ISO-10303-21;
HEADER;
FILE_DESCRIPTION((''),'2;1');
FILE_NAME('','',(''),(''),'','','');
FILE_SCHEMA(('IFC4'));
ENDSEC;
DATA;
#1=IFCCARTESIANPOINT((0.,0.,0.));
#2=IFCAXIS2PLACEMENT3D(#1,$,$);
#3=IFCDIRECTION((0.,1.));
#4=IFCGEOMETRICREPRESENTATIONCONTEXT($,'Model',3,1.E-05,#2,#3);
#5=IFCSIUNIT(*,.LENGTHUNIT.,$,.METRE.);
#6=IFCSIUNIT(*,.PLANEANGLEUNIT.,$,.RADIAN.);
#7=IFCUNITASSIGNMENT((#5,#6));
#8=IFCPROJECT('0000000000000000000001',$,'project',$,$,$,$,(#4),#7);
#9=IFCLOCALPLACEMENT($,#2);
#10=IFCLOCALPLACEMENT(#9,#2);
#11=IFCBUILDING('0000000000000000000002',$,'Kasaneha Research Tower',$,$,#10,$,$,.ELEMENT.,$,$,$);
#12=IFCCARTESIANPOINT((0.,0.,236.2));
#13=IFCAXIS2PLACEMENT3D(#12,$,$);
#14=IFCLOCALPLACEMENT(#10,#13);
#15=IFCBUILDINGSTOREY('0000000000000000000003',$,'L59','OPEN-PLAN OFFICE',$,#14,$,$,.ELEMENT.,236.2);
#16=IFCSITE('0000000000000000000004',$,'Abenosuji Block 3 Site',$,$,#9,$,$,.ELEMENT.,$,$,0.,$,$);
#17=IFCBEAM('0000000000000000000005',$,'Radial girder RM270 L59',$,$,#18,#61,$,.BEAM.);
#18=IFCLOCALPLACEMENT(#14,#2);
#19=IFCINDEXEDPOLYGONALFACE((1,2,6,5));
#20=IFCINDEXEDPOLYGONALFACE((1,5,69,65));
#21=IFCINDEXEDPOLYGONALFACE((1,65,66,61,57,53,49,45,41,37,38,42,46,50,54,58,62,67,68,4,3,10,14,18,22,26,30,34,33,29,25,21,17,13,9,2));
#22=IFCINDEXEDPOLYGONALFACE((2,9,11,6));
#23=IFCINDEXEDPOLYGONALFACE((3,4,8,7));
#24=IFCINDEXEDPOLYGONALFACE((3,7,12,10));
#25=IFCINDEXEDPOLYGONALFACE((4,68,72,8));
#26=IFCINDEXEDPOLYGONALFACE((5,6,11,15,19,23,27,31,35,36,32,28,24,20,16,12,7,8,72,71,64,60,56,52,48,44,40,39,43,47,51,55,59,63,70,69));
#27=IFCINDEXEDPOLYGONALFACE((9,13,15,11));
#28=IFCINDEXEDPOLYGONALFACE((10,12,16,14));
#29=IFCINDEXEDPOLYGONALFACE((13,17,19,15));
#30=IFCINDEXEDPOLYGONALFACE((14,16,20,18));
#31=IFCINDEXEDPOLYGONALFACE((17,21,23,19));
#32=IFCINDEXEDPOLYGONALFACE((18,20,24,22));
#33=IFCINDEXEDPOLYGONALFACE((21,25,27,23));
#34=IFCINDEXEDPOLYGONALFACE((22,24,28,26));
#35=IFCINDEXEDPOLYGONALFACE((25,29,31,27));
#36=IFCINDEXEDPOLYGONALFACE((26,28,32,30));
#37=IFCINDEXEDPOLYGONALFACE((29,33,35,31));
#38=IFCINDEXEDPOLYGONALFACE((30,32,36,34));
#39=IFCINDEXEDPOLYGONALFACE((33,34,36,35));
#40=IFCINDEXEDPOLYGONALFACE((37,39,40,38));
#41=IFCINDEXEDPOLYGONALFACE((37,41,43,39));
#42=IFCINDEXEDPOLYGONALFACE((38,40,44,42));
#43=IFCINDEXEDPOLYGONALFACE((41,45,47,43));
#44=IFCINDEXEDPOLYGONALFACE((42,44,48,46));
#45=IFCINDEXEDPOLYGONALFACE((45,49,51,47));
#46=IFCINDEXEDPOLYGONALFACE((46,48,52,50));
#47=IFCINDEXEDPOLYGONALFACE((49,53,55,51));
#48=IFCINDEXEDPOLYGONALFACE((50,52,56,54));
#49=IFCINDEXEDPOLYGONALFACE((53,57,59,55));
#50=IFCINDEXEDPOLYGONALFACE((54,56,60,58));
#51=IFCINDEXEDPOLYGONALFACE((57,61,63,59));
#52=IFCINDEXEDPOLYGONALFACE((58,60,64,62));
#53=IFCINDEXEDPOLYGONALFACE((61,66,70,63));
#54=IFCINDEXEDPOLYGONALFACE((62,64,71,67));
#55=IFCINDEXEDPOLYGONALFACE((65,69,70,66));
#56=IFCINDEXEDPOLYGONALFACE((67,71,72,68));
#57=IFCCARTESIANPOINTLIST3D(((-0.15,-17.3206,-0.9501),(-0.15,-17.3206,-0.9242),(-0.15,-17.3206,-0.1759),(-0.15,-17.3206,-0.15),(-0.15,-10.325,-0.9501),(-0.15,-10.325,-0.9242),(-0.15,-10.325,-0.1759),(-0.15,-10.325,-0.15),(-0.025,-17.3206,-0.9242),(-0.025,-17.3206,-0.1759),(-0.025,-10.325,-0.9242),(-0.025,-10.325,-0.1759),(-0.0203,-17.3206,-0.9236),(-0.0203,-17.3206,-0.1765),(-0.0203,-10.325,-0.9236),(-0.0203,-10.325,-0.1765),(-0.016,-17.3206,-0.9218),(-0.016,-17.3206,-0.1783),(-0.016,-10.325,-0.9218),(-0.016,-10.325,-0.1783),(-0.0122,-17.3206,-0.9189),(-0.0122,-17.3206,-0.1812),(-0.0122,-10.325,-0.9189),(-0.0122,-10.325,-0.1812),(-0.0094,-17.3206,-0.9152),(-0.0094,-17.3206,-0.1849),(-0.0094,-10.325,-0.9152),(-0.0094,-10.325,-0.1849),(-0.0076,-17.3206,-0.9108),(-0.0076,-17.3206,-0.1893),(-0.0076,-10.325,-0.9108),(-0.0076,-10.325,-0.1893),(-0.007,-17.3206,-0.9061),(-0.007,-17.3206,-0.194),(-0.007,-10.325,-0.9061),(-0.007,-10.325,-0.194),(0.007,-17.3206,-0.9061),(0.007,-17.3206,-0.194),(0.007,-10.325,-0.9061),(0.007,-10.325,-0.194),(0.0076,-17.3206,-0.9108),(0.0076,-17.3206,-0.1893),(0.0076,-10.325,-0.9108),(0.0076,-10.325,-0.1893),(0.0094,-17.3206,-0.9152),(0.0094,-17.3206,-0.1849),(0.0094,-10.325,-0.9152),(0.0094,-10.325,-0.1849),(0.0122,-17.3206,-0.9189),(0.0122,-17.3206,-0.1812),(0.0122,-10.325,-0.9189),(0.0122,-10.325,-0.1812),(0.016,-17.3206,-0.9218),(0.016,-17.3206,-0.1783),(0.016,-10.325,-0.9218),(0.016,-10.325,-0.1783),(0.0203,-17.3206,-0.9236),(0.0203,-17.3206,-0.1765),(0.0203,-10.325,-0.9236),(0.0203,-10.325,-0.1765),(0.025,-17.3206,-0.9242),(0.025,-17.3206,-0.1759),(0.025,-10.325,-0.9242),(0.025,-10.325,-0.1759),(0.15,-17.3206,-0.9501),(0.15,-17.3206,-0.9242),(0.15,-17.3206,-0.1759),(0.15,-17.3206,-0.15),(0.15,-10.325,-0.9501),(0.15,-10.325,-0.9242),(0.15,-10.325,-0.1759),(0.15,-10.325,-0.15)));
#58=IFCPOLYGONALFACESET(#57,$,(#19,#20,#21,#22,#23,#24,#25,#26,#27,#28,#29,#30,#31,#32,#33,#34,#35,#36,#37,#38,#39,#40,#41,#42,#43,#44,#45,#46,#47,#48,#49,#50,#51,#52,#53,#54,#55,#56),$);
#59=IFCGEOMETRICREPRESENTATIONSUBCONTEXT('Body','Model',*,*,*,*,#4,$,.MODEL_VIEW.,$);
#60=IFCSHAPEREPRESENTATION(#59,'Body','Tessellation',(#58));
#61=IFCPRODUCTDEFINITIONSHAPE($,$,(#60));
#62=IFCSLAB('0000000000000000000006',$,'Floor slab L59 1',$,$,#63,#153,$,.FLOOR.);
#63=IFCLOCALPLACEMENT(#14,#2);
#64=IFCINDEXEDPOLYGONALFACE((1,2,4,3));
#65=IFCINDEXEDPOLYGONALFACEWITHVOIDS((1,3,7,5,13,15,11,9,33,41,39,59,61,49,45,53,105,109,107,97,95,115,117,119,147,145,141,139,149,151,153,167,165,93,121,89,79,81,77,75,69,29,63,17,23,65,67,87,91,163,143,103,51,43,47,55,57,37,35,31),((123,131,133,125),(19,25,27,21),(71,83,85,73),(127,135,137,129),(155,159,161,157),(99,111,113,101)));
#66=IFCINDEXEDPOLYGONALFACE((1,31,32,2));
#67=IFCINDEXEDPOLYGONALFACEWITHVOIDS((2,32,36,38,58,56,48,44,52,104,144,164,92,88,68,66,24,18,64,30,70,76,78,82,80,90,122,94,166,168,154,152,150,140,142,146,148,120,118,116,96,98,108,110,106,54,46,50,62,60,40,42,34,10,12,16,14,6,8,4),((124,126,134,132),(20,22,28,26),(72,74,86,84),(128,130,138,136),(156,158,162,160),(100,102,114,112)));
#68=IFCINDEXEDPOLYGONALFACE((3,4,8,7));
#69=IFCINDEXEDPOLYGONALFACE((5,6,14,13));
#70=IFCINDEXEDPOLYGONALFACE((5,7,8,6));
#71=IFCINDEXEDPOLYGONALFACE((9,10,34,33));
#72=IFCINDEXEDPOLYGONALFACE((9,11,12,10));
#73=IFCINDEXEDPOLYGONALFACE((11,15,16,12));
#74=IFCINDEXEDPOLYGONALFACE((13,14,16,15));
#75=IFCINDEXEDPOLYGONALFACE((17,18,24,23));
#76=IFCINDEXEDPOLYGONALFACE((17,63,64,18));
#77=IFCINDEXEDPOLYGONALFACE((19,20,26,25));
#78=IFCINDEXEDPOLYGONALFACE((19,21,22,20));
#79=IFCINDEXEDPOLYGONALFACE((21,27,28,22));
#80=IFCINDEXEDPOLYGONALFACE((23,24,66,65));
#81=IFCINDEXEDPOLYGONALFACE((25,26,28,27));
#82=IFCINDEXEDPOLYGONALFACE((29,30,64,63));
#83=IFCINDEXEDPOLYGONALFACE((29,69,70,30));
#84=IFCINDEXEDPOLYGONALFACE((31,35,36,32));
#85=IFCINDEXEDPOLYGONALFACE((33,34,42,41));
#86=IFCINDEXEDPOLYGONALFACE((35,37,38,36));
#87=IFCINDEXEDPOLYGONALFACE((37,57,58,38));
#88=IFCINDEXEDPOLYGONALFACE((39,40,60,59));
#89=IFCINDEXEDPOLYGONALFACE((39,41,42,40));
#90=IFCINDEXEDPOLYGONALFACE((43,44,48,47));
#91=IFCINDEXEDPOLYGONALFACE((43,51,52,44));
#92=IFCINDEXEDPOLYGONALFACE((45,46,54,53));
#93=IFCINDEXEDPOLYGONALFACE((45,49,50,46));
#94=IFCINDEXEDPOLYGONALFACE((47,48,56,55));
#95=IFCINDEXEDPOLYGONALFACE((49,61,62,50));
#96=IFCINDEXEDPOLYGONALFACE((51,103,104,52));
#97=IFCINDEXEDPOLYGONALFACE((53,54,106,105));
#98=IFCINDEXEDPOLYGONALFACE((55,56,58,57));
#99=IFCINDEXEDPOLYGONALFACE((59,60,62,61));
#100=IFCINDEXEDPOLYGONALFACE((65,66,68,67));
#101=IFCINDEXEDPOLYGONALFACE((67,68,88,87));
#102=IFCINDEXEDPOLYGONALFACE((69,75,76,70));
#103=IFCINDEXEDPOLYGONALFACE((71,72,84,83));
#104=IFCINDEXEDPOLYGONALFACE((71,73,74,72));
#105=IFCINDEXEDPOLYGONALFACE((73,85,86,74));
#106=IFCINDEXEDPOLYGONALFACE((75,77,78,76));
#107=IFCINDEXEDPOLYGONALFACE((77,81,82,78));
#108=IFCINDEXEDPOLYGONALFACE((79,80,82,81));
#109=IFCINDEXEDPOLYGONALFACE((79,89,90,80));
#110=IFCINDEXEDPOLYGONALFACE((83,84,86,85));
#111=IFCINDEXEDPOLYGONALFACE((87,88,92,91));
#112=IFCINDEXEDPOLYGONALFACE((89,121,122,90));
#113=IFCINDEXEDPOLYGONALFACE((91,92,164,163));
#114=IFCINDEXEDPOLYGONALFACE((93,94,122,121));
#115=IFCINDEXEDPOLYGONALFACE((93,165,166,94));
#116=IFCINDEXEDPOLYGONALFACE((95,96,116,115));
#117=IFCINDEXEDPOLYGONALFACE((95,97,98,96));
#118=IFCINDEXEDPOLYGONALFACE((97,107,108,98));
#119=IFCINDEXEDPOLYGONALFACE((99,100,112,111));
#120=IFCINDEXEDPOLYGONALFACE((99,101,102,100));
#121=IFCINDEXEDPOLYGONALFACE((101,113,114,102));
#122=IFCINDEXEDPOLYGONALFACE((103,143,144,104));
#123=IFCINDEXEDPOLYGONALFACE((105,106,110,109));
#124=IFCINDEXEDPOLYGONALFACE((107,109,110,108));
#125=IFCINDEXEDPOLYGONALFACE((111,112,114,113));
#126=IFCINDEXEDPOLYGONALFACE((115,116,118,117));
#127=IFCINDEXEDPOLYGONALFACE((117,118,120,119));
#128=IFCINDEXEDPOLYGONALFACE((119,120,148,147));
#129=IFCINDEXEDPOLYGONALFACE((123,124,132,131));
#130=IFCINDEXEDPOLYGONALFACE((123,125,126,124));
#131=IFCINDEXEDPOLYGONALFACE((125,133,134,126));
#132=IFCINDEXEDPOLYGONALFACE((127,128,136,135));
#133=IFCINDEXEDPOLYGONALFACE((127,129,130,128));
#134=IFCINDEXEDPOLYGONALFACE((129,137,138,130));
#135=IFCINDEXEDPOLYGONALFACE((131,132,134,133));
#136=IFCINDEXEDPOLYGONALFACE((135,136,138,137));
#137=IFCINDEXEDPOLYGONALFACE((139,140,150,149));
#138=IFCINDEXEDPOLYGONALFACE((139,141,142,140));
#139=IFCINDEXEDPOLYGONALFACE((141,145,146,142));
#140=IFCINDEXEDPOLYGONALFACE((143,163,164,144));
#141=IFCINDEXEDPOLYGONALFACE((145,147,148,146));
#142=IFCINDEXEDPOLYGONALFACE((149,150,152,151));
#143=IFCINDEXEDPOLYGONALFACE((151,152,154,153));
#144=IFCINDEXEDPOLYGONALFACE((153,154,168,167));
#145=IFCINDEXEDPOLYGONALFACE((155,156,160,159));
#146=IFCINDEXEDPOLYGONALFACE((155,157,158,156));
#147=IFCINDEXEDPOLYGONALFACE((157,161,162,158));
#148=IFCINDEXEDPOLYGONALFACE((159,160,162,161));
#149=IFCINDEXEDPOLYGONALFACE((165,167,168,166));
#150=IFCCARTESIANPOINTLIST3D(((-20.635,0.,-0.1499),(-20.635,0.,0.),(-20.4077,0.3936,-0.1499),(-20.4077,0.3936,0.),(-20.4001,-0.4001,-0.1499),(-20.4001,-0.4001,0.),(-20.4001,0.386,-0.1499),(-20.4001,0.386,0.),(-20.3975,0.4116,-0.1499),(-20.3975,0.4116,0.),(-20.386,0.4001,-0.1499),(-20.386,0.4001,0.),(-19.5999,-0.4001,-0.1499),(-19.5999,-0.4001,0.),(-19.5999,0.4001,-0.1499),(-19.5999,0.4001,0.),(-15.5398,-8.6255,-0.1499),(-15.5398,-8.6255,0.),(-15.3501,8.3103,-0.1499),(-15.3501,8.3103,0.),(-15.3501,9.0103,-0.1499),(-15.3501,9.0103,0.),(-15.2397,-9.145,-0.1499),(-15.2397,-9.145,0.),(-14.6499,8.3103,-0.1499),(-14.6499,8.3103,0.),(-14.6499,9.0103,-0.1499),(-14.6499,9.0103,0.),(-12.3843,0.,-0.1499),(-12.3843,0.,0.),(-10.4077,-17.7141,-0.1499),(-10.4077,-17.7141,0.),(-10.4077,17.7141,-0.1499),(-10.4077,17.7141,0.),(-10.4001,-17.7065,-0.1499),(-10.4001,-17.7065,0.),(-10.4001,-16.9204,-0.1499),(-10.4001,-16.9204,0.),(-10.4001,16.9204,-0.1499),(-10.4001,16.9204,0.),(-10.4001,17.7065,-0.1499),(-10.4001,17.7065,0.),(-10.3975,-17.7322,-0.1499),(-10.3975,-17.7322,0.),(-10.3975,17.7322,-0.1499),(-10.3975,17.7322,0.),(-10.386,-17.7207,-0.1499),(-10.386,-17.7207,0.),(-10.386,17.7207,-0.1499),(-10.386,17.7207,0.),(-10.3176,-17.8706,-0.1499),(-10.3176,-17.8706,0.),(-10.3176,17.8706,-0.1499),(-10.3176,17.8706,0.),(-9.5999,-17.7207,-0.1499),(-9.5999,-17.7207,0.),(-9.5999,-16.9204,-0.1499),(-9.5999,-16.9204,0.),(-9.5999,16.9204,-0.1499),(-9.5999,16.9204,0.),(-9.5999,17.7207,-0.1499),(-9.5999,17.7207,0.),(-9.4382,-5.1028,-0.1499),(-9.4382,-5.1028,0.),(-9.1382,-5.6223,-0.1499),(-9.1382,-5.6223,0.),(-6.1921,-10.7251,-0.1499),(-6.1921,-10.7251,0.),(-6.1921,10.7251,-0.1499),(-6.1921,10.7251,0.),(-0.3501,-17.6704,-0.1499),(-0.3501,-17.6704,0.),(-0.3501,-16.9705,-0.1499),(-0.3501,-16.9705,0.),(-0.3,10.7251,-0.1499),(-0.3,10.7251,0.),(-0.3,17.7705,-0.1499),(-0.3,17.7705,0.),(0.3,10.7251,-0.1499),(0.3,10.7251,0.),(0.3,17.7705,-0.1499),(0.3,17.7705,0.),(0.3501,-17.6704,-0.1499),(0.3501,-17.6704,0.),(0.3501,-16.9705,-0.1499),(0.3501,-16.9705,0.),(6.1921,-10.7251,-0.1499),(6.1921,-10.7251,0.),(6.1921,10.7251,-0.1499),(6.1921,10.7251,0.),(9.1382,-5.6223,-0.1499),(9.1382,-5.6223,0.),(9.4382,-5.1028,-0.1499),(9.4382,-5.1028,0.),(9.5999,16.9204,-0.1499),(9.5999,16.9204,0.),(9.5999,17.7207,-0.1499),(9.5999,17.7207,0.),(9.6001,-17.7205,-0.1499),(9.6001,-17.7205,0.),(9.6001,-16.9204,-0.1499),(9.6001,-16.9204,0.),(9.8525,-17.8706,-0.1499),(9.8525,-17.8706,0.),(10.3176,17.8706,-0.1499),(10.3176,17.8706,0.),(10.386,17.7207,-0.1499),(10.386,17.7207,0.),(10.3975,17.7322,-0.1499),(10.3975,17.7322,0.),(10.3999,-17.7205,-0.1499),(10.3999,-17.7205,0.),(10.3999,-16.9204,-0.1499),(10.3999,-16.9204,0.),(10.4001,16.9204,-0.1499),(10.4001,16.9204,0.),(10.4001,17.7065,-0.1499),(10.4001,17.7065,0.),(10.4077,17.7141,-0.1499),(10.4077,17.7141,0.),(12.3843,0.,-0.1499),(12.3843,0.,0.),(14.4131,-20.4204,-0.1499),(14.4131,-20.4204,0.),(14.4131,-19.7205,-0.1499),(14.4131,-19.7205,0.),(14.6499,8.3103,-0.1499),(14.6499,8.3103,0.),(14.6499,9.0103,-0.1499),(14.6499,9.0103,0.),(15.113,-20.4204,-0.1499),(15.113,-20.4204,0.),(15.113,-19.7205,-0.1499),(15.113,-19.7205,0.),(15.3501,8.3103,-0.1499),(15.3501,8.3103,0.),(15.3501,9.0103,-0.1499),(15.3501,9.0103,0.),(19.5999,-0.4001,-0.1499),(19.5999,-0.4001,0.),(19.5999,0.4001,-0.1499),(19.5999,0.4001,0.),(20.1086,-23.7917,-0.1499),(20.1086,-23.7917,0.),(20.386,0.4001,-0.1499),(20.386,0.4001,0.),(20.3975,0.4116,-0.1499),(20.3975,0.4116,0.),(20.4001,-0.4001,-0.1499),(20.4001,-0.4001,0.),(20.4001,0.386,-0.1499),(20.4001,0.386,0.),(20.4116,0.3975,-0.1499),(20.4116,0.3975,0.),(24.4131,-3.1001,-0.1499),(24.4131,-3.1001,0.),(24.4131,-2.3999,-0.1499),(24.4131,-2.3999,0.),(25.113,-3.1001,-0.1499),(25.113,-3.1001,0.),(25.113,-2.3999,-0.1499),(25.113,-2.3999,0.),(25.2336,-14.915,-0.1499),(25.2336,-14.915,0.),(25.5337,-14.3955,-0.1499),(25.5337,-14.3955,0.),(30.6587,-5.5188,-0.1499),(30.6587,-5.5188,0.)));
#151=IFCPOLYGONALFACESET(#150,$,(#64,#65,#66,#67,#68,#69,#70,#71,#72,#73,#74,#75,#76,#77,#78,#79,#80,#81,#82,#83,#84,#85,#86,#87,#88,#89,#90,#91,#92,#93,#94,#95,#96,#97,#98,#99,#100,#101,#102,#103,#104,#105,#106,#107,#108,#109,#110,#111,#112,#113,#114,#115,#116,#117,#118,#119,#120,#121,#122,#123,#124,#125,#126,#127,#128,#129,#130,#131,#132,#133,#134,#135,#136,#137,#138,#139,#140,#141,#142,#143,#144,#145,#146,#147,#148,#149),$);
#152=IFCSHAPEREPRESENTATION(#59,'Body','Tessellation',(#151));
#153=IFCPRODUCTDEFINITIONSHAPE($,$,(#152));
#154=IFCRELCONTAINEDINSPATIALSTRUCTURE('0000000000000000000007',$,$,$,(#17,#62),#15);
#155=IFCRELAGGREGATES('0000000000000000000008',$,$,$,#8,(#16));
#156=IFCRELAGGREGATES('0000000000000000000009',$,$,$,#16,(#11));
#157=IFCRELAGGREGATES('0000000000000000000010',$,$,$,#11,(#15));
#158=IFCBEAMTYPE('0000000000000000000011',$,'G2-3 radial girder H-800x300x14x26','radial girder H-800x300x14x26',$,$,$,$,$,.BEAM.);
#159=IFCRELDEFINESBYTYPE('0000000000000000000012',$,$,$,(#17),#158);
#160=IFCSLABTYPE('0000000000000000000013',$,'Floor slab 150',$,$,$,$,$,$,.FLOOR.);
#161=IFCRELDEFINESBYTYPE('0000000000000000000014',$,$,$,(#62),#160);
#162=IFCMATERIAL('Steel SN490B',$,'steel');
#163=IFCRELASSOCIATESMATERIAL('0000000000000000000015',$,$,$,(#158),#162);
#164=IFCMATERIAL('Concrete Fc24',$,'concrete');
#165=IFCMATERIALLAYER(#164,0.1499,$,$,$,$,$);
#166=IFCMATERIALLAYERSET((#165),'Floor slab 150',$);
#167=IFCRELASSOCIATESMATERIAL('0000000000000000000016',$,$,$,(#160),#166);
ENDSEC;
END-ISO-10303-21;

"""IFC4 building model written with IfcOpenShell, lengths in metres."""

from ifc_helpers import new_model, si_unit, direction, frame, origin, origin_2d, place, context, subcontext, project, spatial, polyline, i_section, outline, extrude, material, layer, layer_set, material_profile, profile_set, type_object, element, save


model = new_model("IFC4")

# Units and contexts
model_context = context("Model", 3, precision=1e-05, world=origin(), true_north=direction((0.0, 1.0)))
body_context = subcontext(model_context, "Body", "Model", "MODEL_VIEW")
ifc_project = project(units=[si_unit("LENGTHUNIT", "METRE"), si_unit("PLANEANGLEUNIT", "RADIAN")], contexts=[model_context])

# Site, building, storey
site_placement = place(None, origin())
site = spatial("IfcSite", under=ifc_project, at=site_placement, Name="Abenosuji Block 3 Site", CompositionType="ELEMENT", RefElevation=0.0)
building_placement = place(site_placement, origin())
building = spatial("IfcBuilding", under=site, at=building_placement, Name="Kasaneha Research Tower", CompositionType="ELEMENT")
storey_placement = place(building_placement, frame((0.0, 0.0, 236.2)))
storey = spatial("IfcBuildingStorey", under=building, at=storey_placement, Name="L59", Description="OPEN-PLAN OFFICE", CompositionType="ELEMENT", Elevation=236.2)

# Beam
ifc_material_1 = material(Name="Steel SN490B", Category="steel")
ifc_material_profile = material_profile(ifc_material_1, i_section(OverallWidth=0.3, OverallDepth=0.8, WebThickness=0.0139, FlangeThickness=0.0259, FilletRadius=0.0181, at=origin_2d()), Name="H-800x300x14x26")
ifc_profile_set = profile_set([ifc_material_profile], Name="Steel SN490B")
beam_type = type_object("IfcBeamType", Name="G2-3 radial girder H-800x300x14x26", Description="radial girder H-800x300x14x26", PredefinedType="BEAM", material=ifc_profile_set)
beam_placement = place(storey_placement, frame((0.0, -10.325, -0.55), z_axis=(0.0, -1.0, 0.0), x_axis=(1.0, 0.0, 0.0)))
element("IfcBeam", 1, at=beam_placement, inside=storey, type_object=beam_type, Name="Radial girder RM270 L59", PredefinedType="BEAM", context=body_context, shape_type="SweptSolid", body=[
    extrude(i_section(OverallWidth=0.3, OverallDepth=0.8, WebThickness=0.0139, FlangeThickness=0.0259, FilletRadius=0.0181, at=origin_2d()), origin(), (0.0, 0.0, 1.0), 6.9956),
])

# Slab
ifc_material_2 = material(Name="Concrete Fc24", Category="concrete")
ifc_layer_1 = layer(ifc_material_2, 0.1499)
ifc_layer_set_1 = layer_set([ifc_layer_1], Name="Floor slab 150")
slab_type = type_object("IfcSlabType", Name="Floor slab 150", PredefinedType="FLOOR", material=ifc_layer_set_1)
slab_placement = place(storey_placement, frame((0.0, 0.0, -0.1499)))
element("IfcSlab", 2, at=slab_placement, inside=storey, type_object=slab_type, Name="Floor slab L59 1", PredefinedType="FLOOR", context=body_context, shape_type="SweptSolid", body=[
    extrude(outline(polyline([(-10.3176, -17.8706), (-10.3975, -17.7322), (-10.386, -17.7207), (-9.5999, -17.7207), (-9.5999, -16.9204), (-10.4001, -16.9204), (-10.4001, -17.7065), (-10.4077, -17.7141), (-20.635, 0.0), (-20.4077, 0.3936), (-20.4001, 0.386), (-20.4001, -0.4001), (-19.5999, -0.4001), (-19.5999, 0.4001), (-20.386, 0.4001), (-20.3975, 0.4116), (-10.4077, 17.7141), (-10.4001, 17.7065), (-10.4001, 16.9204), (-9.5999, 16.9204), (-9.5999, 17.7207), (-10.386, 17.7207), (-10.3975, 17.7322), (-10.3176, 17.8706), (10.3176, 17.8706), (10.3975, 17.7322), (10.386, 17.7207), (9.5999, 17.7207), (9.5999, 16.9204), (10.4001, 16.9204), (10.4001, 17.7065), (10.4077, 17.7141), (20.3975, 0.4116), (20.386, 0.4001), (19.5999, 0.4001), (19.5999, -0.4001), (20.4001, -0.4001), (20.4001, 0.386), (20.4116, 0.3975), (30.6587, -5.5188), (25.5337, -14.3955), (9.4382, -5.1028), (12.3843, 0.0), (6.1921, 10.7251), (0.3, 10.7251), (0.3, 17.7705), (-0.3, 17.7705), (-0.3, 10.7251), (-6.1921, 10.7251), (-12.3843, 0.0), (-9.4382, -5.1028), (-15.5398, -8.6255), (-15.2397, -9.145), (-9.1382, -5.6223), (-6.1921, -10.7251), (6.1921, -10.7251), (9.1382, -5.6223), (25.2336, -14.915), (20.1086, -23.7917), (9.8525, -17.8706), (-10.3176, -17.8706)]), holes=[polyline([(-0.3501, -17.6704), (0.3501, -17.6704), (0.3501, -16.9705), (-0.3501, -16.9705), (-0.3501, -17.6704)]), polyline([(-15.3501, 8.3103), (-14.6499, 8.3103), (-14.6499, 9.0103), (-15.3501, 9.0103), (-15.3501, 8.3103)]), polyline([(14.4131, -20.4204), (15.113, -20.4204), (15.113, -19.7205), (14.4131, -19.7205), (14.4131, -20.4204)]), polyline([(9.6001, -17.7205), (10.3999, -17.7205), (10.3999, -16.9204), (9.6001, -16.9204), (9.6001, -17.7205)]), polyline([(24.4131, -3.1001), (25.113, -3.1001), (25.113, -2.3999), (24.4131, -2.3999), (24.4131, -3.1001)]), polyline([(14.6499, 9.0103), (14.6499, 8.3103), (15.3501, 8.3103), (15.3501, 9.0103), (14.6499, 9.0103)])]), origin(), (0.0, 0.0, 1.0), 0.1499),
])

save(model, "model.ifc")
